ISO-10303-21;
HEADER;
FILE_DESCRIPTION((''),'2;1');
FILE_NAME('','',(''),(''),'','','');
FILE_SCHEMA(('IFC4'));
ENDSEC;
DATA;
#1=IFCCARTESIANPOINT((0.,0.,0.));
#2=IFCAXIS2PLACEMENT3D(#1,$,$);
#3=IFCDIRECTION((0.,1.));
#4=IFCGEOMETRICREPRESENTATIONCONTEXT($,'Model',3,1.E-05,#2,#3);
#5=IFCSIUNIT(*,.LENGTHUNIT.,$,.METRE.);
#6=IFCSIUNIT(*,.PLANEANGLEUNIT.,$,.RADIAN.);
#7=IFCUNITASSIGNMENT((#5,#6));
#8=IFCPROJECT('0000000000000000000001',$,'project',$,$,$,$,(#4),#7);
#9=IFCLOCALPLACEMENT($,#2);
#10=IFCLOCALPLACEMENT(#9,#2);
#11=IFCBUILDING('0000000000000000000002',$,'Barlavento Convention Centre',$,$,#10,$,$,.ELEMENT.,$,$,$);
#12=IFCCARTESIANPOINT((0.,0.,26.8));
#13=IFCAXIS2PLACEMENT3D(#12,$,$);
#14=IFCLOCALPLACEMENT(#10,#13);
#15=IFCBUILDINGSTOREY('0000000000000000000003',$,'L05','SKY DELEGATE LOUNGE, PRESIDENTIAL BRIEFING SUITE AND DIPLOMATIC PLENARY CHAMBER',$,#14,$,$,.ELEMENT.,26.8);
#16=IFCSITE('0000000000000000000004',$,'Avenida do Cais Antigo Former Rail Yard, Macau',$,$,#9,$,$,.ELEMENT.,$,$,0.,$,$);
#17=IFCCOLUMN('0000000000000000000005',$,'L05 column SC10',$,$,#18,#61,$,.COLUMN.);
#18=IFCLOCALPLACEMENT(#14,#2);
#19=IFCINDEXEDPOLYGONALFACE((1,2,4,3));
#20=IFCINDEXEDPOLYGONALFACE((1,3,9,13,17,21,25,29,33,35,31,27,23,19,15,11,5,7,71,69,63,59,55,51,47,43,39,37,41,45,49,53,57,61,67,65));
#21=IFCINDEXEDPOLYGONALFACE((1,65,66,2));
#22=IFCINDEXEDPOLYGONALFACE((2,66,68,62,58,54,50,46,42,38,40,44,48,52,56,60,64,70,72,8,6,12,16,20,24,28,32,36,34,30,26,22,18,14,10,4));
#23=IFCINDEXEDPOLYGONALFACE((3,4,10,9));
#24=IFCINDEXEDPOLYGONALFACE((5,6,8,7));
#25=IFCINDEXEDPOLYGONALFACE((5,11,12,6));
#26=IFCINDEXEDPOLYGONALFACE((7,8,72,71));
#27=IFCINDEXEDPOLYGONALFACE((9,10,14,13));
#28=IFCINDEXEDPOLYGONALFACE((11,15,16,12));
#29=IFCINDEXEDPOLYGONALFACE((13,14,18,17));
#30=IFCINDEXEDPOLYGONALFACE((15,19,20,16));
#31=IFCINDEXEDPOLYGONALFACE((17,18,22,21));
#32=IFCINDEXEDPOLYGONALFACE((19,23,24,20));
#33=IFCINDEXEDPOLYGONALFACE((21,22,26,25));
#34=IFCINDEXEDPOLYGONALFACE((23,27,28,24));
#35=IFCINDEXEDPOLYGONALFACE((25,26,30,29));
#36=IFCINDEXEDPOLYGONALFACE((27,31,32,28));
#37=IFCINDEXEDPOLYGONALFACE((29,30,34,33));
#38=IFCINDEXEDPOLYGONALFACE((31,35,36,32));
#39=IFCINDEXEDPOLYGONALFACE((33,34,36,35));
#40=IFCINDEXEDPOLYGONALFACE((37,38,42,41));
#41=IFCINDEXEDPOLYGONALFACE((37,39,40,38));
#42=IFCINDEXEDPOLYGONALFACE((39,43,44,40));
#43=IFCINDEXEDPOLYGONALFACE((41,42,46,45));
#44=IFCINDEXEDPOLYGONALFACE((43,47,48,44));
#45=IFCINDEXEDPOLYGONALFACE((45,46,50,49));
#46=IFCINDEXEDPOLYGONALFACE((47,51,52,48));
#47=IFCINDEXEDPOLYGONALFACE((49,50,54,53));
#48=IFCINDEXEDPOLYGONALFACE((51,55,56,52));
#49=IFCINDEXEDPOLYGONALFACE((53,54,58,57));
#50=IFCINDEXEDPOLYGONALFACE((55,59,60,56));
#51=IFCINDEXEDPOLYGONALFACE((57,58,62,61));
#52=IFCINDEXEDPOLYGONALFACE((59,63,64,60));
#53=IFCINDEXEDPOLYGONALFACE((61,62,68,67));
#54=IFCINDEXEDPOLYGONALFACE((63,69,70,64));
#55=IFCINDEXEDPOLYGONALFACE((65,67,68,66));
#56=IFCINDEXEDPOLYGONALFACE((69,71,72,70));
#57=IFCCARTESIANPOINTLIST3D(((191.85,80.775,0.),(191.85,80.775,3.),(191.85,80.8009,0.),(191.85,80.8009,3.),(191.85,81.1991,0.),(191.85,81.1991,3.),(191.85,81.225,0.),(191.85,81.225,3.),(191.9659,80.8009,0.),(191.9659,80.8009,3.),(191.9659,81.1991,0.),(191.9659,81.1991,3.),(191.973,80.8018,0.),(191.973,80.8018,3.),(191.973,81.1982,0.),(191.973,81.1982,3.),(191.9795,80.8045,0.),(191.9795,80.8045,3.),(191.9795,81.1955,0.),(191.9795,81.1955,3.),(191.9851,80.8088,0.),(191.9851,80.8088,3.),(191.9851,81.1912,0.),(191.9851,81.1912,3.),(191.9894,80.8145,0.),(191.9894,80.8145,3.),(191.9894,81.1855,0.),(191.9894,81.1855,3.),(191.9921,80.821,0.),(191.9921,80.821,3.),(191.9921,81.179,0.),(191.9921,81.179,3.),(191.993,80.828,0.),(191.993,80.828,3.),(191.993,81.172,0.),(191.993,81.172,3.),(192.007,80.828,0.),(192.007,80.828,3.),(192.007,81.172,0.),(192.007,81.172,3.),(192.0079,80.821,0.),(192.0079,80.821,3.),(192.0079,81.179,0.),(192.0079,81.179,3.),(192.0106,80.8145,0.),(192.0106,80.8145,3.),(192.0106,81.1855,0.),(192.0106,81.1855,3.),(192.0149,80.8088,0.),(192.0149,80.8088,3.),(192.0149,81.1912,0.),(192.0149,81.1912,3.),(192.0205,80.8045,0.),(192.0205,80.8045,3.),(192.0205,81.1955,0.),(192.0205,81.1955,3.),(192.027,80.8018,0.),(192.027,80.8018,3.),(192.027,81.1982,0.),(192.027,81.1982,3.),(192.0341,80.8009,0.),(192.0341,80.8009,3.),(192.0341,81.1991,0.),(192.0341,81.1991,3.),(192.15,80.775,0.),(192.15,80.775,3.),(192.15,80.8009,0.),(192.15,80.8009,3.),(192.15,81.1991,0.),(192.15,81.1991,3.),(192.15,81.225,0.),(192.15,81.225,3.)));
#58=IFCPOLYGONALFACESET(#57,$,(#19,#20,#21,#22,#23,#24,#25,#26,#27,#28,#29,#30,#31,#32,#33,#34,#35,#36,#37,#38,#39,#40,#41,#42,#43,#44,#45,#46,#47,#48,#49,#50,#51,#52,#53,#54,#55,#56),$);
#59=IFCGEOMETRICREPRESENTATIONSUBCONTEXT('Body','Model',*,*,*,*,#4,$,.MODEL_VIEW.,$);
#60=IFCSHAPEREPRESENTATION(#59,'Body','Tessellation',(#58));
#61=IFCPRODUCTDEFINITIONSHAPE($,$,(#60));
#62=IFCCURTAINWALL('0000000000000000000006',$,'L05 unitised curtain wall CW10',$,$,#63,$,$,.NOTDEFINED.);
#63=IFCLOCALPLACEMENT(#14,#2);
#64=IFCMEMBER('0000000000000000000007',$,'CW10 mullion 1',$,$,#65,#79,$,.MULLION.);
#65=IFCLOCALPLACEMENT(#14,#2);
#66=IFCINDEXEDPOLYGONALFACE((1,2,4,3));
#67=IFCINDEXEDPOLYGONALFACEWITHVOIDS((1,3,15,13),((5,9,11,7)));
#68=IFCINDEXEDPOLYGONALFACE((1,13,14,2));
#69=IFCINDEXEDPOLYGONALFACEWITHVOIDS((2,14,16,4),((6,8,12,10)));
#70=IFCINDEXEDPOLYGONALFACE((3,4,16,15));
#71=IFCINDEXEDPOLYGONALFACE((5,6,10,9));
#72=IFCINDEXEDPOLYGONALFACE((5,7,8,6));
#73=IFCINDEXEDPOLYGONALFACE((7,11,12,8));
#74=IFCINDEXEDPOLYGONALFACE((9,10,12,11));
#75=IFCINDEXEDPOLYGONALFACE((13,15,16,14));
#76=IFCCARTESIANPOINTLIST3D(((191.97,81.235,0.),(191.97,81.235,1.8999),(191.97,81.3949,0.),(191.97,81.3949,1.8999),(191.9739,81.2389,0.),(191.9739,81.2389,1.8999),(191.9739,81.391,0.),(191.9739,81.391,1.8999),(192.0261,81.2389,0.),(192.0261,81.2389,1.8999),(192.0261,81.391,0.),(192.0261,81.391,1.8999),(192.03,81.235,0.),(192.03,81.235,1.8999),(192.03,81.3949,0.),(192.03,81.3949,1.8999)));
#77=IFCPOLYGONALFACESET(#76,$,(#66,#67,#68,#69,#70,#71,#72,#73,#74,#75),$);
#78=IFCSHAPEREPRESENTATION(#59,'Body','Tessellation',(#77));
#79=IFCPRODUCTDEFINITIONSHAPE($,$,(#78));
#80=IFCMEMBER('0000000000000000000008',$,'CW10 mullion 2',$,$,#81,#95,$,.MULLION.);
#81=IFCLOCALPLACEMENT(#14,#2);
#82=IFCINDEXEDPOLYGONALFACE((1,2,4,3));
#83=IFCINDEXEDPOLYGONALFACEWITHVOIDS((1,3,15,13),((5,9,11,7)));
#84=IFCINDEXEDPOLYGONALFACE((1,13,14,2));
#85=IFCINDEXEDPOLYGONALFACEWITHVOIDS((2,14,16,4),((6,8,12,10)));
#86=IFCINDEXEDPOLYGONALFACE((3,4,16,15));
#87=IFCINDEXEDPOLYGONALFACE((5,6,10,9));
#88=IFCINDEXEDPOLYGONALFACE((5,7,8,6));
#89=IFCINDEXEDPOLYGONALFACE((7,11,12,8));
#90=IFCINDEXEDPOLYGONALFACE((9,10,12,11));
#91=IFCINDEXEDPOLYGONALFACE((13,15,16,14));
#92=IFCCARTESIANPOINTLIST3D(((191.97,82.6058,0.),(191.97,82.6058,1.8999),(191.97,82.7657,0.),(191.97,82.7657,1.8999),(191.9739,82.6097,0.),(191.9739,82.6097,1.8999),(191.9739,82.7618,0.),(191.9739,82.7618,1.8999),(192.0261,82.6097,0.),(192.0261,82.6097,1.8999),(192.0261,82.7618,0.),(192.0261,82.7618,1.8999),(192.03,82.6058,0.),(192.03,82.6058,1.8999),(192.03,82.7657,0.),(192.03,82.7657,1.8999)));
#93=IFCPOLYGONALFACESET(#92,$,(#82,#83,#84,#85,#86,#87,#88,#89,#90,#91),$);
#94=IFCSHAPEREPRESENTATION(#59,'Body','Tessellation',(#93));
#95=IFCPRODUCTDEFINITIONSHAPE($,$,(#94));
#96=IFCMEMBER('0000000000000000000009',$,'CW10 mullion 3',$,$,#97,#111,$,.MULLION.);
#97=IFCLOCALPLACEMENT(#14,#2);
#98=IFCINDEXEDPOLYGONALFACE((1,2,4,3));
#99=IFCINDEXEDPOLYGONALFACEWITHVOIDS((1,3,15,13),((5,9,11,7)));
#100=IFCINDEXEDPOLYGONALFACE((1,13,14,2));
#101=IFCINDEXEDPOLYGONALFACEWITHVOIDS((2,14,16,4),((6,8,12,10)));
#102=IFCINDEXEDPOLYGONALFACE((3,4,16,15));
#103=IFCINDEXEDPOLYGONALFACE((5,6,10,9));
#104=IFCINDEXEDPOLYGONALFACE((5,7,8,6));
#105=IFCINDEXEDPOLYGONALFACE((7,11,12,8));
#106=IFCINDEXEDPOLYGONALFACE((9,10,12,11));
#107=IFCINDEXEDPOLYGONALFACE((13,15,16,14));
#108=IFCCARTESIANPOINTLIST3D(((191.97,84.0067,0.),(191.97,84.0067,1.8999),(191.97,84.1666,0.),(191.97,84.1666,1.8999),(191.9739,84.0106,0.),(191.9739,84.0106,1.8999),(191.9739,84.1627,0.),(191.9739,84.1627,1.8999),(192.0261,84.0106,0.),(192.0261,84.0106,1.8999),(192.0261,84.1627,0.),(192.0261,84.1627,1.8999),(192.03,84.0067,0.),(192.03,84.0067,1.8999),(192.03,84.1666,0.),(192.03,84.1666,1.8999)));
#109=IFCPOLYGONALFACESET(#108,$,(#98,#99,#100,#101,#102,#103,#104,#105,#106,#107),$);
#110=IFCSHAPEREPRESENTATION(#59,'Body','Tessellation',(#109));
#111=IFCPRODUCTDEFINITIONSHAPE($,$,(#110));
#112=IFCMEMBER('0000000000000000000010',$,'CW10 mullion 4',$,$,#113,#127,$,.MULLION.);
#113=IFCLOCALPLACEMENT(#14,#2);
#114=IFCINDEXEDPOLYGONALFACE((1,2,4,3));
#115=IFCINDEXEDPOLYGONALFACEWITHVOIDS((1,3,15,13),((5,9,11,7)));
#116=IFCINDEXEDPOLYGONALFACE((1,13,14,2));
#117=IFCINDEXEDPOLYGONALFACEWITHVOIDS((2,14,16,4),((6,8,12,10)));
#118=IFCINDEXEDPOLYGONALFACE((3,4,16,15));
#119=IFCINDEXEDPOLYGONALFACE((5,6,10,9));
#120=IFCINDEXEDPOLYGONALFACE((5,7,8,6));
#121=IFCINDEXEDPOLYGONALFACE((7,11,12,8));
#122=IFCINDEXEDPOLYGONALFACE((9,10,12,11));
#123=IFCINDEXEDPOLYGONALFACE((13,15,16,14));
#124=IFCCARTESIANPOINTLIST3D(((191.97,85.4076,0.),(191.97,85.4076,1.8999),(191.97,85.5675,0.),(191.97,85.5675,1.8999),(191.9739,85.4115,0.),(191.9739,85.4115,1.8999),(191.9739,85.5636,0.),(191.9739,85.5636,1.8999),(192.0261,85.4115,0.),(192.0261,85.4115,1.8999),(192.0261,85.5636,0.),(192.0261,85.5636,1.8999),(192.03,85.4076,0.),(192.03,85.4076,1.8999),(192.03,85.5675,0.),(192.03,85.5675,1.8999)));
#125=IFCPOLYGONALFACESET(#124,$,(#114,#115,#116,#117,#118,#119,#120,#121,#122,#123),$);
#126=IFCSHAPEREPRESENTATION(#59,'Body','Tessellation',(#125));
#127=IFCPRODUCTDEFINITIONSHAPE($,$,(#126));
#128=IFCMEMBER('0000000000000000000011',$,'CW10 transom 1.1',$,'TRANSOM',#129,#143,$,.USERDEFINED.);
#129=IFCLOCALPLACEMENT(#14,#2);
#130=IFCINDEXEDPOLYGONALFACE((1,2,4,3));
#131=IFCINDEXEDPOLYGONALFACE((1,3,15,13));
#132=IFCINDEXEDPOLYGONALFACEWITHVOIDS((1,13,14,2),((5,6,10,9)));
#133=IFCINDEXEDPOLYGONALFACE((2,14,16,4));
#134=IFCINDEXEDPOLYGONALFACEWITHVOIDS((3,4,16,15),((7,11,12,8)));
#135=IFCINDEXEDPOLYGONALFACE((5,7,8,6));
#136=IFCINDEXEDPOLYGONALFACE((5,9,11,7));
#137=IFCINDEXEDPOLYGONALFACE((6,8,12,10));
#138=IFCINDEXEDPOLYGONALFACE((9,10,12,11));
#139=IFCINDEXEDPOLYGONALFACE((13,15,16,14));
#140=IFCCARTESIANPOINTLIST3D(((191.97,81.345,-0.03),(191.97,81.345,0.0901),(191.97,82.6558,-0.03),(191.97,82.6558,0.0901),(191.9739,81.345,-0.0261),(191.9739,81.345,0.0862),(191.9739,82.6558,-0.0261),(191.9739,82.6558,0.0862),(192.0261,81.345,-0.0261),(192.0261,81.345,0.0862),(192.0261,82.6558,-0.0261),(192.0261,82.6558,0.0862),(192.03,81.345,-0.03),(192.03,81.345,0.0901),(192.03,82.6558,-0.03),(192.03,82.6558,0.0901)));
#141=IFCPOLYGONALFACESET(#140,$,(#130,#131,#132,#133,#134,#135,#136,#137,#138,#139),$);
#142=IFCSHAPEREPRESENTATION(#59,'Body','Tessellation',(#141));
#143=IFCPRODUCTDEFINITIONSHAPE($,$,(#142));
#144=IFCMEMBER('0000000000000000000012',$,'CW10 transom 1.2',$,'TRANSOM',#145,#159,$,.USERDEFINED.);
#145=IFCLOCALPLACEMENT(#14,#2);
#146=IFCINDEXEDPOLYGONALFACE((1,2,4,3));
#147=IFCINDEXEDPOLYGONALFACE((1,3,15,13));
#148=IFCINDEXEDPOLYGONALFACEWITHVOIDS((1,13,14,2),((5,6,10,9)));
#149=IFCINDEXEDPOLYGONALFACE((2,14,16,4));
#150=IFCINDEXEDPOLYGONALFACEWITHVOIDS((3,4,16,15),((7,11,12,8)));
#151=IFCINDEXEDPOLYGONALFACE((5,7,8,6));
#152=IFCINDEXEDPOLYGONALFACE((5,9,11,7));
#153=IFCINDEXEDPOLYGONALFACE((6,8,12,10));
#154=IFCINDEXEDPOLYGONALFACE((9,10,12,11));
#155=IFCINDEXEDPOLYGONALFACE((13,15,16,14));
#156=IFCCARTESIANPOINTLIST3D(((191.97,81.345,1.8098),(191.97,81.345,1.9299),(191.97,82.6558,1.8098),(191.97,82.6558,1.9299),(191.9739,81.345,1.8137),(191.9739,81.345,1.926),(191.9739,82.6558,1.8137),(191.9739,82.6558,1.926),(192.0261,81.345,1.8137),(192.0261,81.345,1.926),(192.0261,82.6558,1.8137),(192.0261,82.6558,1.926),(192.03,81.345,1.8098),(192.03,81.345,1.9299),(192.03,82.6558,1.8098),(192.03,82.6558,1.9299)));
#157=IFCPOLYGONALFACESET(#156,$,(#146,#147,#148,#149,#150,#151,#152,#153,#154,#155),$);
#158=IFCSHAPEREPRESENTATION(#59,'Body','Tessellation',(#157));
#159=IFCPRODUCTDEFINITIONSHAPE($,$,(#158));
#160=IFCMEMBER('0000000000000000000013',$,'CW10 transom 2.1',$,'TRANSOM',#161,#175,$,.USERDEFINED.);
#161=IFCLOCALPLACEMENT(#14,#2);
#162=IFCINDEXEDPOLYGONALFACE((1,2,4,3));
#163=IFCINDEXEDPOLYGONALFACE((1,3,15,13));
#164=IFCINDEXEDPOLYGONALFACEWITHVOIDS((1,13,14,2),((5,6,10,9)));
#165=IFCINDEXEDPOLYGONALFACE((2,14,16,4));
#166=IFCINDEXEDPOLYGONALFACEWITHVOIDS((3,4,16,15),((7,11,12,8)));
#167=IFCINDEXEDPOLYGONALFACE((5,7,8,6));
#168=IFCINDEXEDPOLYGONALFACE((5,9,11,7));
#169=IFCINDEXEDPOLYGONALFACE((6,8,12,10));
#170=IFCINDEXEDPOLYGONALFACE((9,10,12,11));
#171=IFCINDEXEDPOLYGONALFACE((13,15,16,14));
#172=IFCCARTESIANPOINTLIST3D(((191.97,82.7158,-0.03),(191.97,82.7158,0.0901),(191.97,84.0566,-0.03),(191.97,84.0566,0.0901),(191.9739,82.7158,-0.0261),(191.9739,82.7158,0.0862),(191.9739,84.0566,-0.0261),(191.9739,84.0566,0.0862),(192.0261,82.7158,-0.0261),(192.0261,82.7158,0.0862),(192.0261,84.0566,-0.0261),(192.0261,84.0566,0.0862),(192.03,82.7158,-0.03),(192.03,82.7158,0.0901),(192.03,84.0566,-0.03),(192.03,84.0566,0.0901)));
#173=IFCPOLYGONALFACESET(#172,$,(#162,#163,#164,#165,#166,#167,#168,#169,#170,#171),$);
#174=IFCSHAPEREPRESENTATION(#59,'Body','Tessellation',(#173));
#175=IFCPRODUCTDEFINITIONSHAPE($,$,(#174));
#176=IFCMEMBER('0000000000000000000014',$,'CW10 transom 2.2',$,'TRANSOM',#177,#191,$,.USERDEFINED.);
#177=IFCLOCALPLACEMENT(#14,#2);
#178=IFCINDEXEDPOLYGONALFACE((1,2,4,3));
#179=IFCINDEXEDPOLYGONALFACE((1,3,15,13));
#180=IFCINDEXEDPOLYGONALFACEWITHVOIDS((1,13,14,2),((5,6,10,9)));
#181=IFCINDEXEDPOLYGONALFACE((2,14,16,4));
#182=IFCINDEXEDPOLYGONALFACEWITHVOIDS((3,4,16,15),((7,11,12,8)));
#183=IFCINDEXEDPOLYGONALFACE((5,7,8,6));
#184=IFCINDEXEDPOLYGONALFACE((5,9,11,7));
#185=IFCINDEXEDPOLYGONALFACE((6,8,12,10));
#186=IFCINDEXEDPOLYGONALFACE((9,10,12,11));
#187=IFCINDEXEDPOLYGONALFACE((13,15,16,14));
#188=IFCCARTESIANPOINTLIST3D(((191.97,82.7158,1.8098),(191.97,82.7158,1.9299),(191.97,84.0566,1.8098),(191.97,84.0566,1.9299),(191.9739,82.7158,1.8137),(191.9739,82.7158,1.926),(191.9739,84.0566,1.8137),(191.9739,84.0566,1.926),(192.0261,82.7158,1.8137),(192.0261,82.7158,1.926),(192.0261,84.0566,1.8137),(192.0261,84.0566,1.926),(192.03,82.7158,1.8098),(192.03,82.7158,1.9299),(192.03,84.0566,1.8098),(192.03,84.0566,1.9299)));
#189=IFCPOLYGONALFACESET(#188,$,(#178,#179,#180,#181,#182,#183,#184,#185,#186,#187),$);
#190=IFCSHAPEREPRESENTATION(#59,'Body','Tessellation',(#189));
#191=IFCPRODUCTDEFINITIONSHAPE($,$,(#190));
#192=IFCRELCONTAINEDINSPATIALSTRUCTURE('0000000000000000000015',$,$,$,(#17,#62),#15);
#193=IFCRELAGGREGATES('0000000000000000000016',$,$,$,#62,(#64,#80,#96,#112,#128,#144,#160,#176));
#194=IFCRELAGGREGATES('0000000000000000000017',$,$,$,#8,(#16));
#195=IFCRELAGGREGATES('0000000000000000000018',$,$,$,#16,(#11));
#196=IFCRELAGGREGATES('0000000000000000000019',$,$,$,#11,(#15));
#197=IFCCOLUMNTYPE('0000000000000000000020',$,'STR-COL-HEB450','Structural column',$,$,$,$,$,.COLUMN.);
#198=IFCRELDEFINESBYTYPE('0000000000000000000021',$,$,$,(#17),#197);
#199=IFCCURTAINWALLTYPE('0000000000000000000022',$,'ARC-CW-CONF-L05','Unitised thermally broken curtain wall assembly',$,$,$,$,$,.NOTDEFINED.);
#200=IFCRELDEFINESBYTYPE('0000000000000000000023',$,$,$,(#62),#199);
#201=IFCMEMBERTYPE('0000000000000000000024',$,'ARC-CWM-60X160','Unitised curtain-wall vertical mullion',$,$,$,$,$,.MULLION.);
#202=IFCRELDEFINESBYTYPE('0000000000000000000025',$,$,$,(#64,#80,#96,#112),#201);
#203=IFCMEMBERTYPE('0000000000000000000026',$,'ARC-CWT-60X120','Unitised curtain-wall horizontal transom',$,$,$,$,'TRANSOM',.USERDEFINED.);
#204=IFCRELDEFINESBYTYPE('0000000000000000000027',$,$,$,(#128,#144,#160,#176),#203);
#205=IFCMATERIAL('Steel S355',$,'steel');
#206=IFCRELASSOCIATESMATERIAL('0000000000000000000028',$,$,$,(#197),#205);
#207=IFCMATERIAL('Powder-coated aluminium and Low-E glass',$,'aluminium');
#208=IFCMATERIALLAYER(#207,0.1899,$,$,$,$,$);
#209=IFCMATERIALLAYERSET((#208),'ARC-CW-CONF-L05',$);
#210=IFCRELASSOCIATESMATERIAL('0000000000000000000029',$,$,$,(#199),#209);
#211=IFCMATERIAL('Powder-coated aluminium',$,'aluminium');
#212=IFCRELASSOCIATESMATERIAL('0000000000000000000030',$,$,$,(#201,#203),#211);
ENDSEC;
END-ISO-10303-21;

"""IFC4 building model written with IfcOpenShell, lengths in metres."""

from ifc_helpers import new_model, si_unit, direction, frame, origin, origin_2d, place, context, subcontext, project, spatial, hollow_rectangle, i_section, extrude, material, layer, layer_set, material_profile, profile_set, type_object, element, aggregate, save


model = new_model("IFC4")

# Units and contexts
model_context = context("Model", 3, precision=1e-05, world=origin(), true_north=direction((0.0, 1.0)))
body_context = subcontext(model_context, "Body", "Model", "MODEL_VIEW")
ifc_project = project(units=[si_unit("LENGTHUNIT", "METRE"), si_unit("PLANEANGLEUNIT", "RADIAN")], contexts=[model_context])

# Site, building, storey
site_placement = place(None, origin())
site = spatial("IfcSite", under=ifc_project, at=site_placement, Name="Avenida do Cais Antigo Former Rail Yard, Macau", CompositionType="ELEMENT", RefElevation=0.0)
building_placement = place(site_placement, origin())
building = spatial("IfcBuilding", under=site, at=building_placement, Name="Barlavento Convention Centre", CompositionType="ELEMENT")
storey_placement = place(building_placement, frame((0.0, 0.0, 26.8)))
storey = spatial("IfcBuildingStorey", under=building, at=storey_placement, Name="L05", Description="SKY DELEGATE LOUNGE, PRESIDENTIAL BRIEFING SUITE AND DIPLOMATIC PLENARY CHAMBER", CompositionType="ELEMENT", Elevation=26.8)

# Column
ifc_material_1 = material(Name="Steel S355", Category="steel")
ifc_material_profile_1 = material_profile(ifc_material_1, i_section(OverallWidth=0.3, OverallDepth=0.45, WebThickness=0.0139, FlangeThickness=0.0259, FilletRadius=0.0271, at=origin_2d()), Name="HEB 450")
ifc_profile_set_1 = profile_set([ifc_material_profile_1], Name="Steel S355")
column_type = type_object("IfcColumnType", Name="STR-COL-HEB450", Description="Structural column", PredefinedType="COLUMN", material=ifc_profile_set_1)
column_placement = place(storey_placement, frame((192.0, 81.0, 0.0), z_axis=(0.0, 0.0, 1.0), x_axis=(1.0, 0.0, 0.0)))
element("IfcColumn", 1, at=column_placement, inside=storey, type_object=column_type, Name="L05 column SC10", PredefinedType="COLUMN", context=body_context, shape_type="SweptSolid", body=[
    extrude(i_section(OverallWidth=0.3, OverallDepth=0.45, WebThickness=0.0139, FlangeThickness=0.0259, FilletRadius=0.0271, at=origin_2d()), origin(), (0.0, 0.0, 1.0), 3.0),
])

# Curtain wall, members
ifc_material_2 = material(Name="Powder-coated aluminium and Low-E glass", Category="aluminium")
ifc_layer_1 = layer(ifc_material_2, 0.1899)
ifc_layer_set_1 = layer_set([ifc_layer_1], Name="ARC-CW-CONF-L05")
curtain_wall_type = type_object("IfcCurtainWallType", Name="ARC-CW-CONF-L05", Description="Unitised thermally broken curtain wall assembly", PredefinedType="NOTDEFINED", material=ifc_layer_set_1)
curtain_wall_placement = place(storey_placement, origin())
curtain_wall = element("IfcCurtainWall", 2, at=curtain_wall_placement, inside=storey, type_object=curtain_wall_type, Name="L05 unitised curtain wall CW10", PredefinedType="NOTDEFINED")
ifc_material_3 = material(Name="Powder-coated aluminium", Category="aluminium")
ifc_material_profile_2 = material_profile(ifc_material_3, hollow_rectangle(XDim=0.0601, YDim=0.1599, WallThickness=0.0039, at=origin_2d()), Name="AL-MULL 60x160x4")
ifc_profile_set_2 = profile_set([ifc_material_profile_2], Name="Powder-coated aluminium")
member_type_1 = type_object("IfcMemberType", Name="ARC-CWM-60X160", Description="Unitised curtain-wall vertical mullion", PredefinedType="MULLION", material=ifc_profile_set_2)
member_1_placement = place(storey_placement, frame((192.0, 81.3149, 0.0), z_axis=(0.0, 0.0, 1.0), x_axis=(-1.0, 0.0, 0.0)))
member_1 = element("IfcMember", 3, at=member_1_placement, type_object=member_type_1, Name="CW10 mullion 1", PredefinedType="MULLION", context=body_context, shape_type="SweptSolid", body=[
    extrude(hollow_rectangle(XDim=0.0601, YDim=0.1599, WallThickness=0.0039, at=origin_2d()), origin(), (0.0, 0.0, 1.0), 1.8999),
])
member_2_placement = place(storey_placement, frame((192.0, 82.6858, 0.0), z_axis=(0.0, 0.0, 1.0), x_axis=(-1.0, 0.0, 0.0)))
member_2 = element("IfcMember", 4, at=member_2_placement, type_object=member_type_1, Name="CW10 mullion 2", PredefinedType="MULLION", context=body_context, shape_type="SweptSolid", body=[
    extrude(hollow_rectangle(XDim=0.0601, YDim=0.1599, WallThickness=0.0039, at=origin_2d()), origin(), (0.0, 0.0, 1.0), 1.8999),
])
member_3_placement = place(storey_placement, frame((192.0, 84.0867, 0.0), z_axis=(0.0, 0.0, 1.0), x_axis=(-1.0, 0.0, 0.0)))
member_3 = element("IfcMember", 5, at=member_3_placement, type_object=member_type_1, Name="CW10 mullion 3", PredefinedType="MULLION", context=body_context, shape_type="SweptSolid", body=[
    extrude(hollow_rectangle(XDim=0.0601, YDim=0.1599, WallThickness=0.0039, at=origin_2d()), origin(), (0.0, 0.0, 1.0), 1.8999),
])
member_4_placement = place(storey_placement, frame((192.0, 85.4875, 0.0), z_axis=(0.0, 0.0, 1.0), x_axis=(-1.0, 0.0, 0.0)))
member_4 = element("IfcMember", 6, at=member_4_placement, type_object=member_type_1, Name="CW10 mullion 4", PredefinedType="MULLION", context=body_context, shape_type="SweptSolid", body=[
    extrude(hollow_rectangle(XDim=0.0601, YDim=0.1599, WallThickness=0.0039, at=origin_2d()), origin(), (0.0, 0.0, 1.0), 1.8999),
])
ifc_material_profile_3 = material_profile(ifc_material_3, hollow_rectangle(XDim=0.0601, YDim=0.1201, WallThickness=0.0039, at=origin_2d()), Name="AL-TRAN 60x120x4")
ifc_profile_set_3 = profile_set([ifc_material_profile_3], Name="Powder-coated aluminium")
member_type_2 = type_object("IfcMemberType", Name="ARC-CWT-60X120", Description="Unitised curtain-wall horizontal transom", ElementType="TRANSOM", PredefinedType="USERDEFINED", material=ifc_profile_set_3)
member_5_placement = place(storey_placement, frame((192.0, 81.345, 0.03), z_axis=(0.0, 1.0, 0.0), x_axis=(-1.0, 0.0, 0.0)))
member_5 = element("IfcMember", 7, at=member_5_placement, type_object=member_type_2, Name="CW10 transom 1.1", ObjectType="TRANSOM", PredefinedType="USERDEFINED", context=body_context, shape_type="SweptSolid", body=[
    extrude(hollow_rectangle(XDim=0.0601, YDim=0.1201, WallThickness=0.0039, at=origin_2d()), origin(), (0.0, 0.0, 1.0), 1.3108),
])
member_6_placement = place(storey_placement, frame((192.0, 81.345, 1.8699), z_axis=(0.0, 1.0, 0.0), x_axis=(-1.0, 0.0, 0.0)))
member_6 = element("IfcMember", 8, at=member_6_placement, type_object=member_type_2, Name="CW10 transom 1.2", ObjectType="TRANSOM", PredefinedType="USERDEFINED", context=body_context, shape_type="SweptSolid", body=[
    extrude(hollow_rectangle(XDim=0.0601, YDim=0.1201, WallThickness=0.0039, at=origin_2d()), origin(), (0.0, 0.0, 1.0), 1.3108),
])
member_7_placement = place(storey_placement, frame((192.0, 82.7158, 0.03), z_axis=(0.0, 1.0, 0.0), x_axis=(-1.0, 0.0, 0.0)))
member_7 = element("IfcMember", 9, at=member_7_placement, type_object=member_type_2, Name="CW10 transom 2.1", ObjectType="TRANSOM", PredefinedType="USERDEFINED", context=body_context, shape_type="SweptSolid", body=[
    extrude(hollow_rectangle(XDim=0.0601, YDim=0.1201, WallThickness=0.0039, at=origin_2d()), origin(), (0.0, 0.0, 1.0), 1.3408),
])
member_8_placement = place(storey_placement, frame((192.0, 82.7158, 1.8699), z_axis=(0.0, 1.0, 0.0), x_axis=(-1.0, 0.0, 0.0)))
member_8 = element("IfcMember", 10, at=member_8_placement, type_object=member_type_2, Name="CW10 transom 2.2", ObjectType="TRANSOM", PredefinedType="USERDEFINED", context=body_context, shape_type="SweptSolid", body=[
    extrude(hollow_rectangle(XDim=0.0601, YDim=0.1201, WallThickness=0.0039, at=origin_2d()), origin(), (0.0, 0.0, 1.0), 1.3408),
])

aggregate(curtain_wall, [member_1, member_2, member_3, member_4, member_5, member_6, member_7, member_8])

save(model, "model.ifc")
